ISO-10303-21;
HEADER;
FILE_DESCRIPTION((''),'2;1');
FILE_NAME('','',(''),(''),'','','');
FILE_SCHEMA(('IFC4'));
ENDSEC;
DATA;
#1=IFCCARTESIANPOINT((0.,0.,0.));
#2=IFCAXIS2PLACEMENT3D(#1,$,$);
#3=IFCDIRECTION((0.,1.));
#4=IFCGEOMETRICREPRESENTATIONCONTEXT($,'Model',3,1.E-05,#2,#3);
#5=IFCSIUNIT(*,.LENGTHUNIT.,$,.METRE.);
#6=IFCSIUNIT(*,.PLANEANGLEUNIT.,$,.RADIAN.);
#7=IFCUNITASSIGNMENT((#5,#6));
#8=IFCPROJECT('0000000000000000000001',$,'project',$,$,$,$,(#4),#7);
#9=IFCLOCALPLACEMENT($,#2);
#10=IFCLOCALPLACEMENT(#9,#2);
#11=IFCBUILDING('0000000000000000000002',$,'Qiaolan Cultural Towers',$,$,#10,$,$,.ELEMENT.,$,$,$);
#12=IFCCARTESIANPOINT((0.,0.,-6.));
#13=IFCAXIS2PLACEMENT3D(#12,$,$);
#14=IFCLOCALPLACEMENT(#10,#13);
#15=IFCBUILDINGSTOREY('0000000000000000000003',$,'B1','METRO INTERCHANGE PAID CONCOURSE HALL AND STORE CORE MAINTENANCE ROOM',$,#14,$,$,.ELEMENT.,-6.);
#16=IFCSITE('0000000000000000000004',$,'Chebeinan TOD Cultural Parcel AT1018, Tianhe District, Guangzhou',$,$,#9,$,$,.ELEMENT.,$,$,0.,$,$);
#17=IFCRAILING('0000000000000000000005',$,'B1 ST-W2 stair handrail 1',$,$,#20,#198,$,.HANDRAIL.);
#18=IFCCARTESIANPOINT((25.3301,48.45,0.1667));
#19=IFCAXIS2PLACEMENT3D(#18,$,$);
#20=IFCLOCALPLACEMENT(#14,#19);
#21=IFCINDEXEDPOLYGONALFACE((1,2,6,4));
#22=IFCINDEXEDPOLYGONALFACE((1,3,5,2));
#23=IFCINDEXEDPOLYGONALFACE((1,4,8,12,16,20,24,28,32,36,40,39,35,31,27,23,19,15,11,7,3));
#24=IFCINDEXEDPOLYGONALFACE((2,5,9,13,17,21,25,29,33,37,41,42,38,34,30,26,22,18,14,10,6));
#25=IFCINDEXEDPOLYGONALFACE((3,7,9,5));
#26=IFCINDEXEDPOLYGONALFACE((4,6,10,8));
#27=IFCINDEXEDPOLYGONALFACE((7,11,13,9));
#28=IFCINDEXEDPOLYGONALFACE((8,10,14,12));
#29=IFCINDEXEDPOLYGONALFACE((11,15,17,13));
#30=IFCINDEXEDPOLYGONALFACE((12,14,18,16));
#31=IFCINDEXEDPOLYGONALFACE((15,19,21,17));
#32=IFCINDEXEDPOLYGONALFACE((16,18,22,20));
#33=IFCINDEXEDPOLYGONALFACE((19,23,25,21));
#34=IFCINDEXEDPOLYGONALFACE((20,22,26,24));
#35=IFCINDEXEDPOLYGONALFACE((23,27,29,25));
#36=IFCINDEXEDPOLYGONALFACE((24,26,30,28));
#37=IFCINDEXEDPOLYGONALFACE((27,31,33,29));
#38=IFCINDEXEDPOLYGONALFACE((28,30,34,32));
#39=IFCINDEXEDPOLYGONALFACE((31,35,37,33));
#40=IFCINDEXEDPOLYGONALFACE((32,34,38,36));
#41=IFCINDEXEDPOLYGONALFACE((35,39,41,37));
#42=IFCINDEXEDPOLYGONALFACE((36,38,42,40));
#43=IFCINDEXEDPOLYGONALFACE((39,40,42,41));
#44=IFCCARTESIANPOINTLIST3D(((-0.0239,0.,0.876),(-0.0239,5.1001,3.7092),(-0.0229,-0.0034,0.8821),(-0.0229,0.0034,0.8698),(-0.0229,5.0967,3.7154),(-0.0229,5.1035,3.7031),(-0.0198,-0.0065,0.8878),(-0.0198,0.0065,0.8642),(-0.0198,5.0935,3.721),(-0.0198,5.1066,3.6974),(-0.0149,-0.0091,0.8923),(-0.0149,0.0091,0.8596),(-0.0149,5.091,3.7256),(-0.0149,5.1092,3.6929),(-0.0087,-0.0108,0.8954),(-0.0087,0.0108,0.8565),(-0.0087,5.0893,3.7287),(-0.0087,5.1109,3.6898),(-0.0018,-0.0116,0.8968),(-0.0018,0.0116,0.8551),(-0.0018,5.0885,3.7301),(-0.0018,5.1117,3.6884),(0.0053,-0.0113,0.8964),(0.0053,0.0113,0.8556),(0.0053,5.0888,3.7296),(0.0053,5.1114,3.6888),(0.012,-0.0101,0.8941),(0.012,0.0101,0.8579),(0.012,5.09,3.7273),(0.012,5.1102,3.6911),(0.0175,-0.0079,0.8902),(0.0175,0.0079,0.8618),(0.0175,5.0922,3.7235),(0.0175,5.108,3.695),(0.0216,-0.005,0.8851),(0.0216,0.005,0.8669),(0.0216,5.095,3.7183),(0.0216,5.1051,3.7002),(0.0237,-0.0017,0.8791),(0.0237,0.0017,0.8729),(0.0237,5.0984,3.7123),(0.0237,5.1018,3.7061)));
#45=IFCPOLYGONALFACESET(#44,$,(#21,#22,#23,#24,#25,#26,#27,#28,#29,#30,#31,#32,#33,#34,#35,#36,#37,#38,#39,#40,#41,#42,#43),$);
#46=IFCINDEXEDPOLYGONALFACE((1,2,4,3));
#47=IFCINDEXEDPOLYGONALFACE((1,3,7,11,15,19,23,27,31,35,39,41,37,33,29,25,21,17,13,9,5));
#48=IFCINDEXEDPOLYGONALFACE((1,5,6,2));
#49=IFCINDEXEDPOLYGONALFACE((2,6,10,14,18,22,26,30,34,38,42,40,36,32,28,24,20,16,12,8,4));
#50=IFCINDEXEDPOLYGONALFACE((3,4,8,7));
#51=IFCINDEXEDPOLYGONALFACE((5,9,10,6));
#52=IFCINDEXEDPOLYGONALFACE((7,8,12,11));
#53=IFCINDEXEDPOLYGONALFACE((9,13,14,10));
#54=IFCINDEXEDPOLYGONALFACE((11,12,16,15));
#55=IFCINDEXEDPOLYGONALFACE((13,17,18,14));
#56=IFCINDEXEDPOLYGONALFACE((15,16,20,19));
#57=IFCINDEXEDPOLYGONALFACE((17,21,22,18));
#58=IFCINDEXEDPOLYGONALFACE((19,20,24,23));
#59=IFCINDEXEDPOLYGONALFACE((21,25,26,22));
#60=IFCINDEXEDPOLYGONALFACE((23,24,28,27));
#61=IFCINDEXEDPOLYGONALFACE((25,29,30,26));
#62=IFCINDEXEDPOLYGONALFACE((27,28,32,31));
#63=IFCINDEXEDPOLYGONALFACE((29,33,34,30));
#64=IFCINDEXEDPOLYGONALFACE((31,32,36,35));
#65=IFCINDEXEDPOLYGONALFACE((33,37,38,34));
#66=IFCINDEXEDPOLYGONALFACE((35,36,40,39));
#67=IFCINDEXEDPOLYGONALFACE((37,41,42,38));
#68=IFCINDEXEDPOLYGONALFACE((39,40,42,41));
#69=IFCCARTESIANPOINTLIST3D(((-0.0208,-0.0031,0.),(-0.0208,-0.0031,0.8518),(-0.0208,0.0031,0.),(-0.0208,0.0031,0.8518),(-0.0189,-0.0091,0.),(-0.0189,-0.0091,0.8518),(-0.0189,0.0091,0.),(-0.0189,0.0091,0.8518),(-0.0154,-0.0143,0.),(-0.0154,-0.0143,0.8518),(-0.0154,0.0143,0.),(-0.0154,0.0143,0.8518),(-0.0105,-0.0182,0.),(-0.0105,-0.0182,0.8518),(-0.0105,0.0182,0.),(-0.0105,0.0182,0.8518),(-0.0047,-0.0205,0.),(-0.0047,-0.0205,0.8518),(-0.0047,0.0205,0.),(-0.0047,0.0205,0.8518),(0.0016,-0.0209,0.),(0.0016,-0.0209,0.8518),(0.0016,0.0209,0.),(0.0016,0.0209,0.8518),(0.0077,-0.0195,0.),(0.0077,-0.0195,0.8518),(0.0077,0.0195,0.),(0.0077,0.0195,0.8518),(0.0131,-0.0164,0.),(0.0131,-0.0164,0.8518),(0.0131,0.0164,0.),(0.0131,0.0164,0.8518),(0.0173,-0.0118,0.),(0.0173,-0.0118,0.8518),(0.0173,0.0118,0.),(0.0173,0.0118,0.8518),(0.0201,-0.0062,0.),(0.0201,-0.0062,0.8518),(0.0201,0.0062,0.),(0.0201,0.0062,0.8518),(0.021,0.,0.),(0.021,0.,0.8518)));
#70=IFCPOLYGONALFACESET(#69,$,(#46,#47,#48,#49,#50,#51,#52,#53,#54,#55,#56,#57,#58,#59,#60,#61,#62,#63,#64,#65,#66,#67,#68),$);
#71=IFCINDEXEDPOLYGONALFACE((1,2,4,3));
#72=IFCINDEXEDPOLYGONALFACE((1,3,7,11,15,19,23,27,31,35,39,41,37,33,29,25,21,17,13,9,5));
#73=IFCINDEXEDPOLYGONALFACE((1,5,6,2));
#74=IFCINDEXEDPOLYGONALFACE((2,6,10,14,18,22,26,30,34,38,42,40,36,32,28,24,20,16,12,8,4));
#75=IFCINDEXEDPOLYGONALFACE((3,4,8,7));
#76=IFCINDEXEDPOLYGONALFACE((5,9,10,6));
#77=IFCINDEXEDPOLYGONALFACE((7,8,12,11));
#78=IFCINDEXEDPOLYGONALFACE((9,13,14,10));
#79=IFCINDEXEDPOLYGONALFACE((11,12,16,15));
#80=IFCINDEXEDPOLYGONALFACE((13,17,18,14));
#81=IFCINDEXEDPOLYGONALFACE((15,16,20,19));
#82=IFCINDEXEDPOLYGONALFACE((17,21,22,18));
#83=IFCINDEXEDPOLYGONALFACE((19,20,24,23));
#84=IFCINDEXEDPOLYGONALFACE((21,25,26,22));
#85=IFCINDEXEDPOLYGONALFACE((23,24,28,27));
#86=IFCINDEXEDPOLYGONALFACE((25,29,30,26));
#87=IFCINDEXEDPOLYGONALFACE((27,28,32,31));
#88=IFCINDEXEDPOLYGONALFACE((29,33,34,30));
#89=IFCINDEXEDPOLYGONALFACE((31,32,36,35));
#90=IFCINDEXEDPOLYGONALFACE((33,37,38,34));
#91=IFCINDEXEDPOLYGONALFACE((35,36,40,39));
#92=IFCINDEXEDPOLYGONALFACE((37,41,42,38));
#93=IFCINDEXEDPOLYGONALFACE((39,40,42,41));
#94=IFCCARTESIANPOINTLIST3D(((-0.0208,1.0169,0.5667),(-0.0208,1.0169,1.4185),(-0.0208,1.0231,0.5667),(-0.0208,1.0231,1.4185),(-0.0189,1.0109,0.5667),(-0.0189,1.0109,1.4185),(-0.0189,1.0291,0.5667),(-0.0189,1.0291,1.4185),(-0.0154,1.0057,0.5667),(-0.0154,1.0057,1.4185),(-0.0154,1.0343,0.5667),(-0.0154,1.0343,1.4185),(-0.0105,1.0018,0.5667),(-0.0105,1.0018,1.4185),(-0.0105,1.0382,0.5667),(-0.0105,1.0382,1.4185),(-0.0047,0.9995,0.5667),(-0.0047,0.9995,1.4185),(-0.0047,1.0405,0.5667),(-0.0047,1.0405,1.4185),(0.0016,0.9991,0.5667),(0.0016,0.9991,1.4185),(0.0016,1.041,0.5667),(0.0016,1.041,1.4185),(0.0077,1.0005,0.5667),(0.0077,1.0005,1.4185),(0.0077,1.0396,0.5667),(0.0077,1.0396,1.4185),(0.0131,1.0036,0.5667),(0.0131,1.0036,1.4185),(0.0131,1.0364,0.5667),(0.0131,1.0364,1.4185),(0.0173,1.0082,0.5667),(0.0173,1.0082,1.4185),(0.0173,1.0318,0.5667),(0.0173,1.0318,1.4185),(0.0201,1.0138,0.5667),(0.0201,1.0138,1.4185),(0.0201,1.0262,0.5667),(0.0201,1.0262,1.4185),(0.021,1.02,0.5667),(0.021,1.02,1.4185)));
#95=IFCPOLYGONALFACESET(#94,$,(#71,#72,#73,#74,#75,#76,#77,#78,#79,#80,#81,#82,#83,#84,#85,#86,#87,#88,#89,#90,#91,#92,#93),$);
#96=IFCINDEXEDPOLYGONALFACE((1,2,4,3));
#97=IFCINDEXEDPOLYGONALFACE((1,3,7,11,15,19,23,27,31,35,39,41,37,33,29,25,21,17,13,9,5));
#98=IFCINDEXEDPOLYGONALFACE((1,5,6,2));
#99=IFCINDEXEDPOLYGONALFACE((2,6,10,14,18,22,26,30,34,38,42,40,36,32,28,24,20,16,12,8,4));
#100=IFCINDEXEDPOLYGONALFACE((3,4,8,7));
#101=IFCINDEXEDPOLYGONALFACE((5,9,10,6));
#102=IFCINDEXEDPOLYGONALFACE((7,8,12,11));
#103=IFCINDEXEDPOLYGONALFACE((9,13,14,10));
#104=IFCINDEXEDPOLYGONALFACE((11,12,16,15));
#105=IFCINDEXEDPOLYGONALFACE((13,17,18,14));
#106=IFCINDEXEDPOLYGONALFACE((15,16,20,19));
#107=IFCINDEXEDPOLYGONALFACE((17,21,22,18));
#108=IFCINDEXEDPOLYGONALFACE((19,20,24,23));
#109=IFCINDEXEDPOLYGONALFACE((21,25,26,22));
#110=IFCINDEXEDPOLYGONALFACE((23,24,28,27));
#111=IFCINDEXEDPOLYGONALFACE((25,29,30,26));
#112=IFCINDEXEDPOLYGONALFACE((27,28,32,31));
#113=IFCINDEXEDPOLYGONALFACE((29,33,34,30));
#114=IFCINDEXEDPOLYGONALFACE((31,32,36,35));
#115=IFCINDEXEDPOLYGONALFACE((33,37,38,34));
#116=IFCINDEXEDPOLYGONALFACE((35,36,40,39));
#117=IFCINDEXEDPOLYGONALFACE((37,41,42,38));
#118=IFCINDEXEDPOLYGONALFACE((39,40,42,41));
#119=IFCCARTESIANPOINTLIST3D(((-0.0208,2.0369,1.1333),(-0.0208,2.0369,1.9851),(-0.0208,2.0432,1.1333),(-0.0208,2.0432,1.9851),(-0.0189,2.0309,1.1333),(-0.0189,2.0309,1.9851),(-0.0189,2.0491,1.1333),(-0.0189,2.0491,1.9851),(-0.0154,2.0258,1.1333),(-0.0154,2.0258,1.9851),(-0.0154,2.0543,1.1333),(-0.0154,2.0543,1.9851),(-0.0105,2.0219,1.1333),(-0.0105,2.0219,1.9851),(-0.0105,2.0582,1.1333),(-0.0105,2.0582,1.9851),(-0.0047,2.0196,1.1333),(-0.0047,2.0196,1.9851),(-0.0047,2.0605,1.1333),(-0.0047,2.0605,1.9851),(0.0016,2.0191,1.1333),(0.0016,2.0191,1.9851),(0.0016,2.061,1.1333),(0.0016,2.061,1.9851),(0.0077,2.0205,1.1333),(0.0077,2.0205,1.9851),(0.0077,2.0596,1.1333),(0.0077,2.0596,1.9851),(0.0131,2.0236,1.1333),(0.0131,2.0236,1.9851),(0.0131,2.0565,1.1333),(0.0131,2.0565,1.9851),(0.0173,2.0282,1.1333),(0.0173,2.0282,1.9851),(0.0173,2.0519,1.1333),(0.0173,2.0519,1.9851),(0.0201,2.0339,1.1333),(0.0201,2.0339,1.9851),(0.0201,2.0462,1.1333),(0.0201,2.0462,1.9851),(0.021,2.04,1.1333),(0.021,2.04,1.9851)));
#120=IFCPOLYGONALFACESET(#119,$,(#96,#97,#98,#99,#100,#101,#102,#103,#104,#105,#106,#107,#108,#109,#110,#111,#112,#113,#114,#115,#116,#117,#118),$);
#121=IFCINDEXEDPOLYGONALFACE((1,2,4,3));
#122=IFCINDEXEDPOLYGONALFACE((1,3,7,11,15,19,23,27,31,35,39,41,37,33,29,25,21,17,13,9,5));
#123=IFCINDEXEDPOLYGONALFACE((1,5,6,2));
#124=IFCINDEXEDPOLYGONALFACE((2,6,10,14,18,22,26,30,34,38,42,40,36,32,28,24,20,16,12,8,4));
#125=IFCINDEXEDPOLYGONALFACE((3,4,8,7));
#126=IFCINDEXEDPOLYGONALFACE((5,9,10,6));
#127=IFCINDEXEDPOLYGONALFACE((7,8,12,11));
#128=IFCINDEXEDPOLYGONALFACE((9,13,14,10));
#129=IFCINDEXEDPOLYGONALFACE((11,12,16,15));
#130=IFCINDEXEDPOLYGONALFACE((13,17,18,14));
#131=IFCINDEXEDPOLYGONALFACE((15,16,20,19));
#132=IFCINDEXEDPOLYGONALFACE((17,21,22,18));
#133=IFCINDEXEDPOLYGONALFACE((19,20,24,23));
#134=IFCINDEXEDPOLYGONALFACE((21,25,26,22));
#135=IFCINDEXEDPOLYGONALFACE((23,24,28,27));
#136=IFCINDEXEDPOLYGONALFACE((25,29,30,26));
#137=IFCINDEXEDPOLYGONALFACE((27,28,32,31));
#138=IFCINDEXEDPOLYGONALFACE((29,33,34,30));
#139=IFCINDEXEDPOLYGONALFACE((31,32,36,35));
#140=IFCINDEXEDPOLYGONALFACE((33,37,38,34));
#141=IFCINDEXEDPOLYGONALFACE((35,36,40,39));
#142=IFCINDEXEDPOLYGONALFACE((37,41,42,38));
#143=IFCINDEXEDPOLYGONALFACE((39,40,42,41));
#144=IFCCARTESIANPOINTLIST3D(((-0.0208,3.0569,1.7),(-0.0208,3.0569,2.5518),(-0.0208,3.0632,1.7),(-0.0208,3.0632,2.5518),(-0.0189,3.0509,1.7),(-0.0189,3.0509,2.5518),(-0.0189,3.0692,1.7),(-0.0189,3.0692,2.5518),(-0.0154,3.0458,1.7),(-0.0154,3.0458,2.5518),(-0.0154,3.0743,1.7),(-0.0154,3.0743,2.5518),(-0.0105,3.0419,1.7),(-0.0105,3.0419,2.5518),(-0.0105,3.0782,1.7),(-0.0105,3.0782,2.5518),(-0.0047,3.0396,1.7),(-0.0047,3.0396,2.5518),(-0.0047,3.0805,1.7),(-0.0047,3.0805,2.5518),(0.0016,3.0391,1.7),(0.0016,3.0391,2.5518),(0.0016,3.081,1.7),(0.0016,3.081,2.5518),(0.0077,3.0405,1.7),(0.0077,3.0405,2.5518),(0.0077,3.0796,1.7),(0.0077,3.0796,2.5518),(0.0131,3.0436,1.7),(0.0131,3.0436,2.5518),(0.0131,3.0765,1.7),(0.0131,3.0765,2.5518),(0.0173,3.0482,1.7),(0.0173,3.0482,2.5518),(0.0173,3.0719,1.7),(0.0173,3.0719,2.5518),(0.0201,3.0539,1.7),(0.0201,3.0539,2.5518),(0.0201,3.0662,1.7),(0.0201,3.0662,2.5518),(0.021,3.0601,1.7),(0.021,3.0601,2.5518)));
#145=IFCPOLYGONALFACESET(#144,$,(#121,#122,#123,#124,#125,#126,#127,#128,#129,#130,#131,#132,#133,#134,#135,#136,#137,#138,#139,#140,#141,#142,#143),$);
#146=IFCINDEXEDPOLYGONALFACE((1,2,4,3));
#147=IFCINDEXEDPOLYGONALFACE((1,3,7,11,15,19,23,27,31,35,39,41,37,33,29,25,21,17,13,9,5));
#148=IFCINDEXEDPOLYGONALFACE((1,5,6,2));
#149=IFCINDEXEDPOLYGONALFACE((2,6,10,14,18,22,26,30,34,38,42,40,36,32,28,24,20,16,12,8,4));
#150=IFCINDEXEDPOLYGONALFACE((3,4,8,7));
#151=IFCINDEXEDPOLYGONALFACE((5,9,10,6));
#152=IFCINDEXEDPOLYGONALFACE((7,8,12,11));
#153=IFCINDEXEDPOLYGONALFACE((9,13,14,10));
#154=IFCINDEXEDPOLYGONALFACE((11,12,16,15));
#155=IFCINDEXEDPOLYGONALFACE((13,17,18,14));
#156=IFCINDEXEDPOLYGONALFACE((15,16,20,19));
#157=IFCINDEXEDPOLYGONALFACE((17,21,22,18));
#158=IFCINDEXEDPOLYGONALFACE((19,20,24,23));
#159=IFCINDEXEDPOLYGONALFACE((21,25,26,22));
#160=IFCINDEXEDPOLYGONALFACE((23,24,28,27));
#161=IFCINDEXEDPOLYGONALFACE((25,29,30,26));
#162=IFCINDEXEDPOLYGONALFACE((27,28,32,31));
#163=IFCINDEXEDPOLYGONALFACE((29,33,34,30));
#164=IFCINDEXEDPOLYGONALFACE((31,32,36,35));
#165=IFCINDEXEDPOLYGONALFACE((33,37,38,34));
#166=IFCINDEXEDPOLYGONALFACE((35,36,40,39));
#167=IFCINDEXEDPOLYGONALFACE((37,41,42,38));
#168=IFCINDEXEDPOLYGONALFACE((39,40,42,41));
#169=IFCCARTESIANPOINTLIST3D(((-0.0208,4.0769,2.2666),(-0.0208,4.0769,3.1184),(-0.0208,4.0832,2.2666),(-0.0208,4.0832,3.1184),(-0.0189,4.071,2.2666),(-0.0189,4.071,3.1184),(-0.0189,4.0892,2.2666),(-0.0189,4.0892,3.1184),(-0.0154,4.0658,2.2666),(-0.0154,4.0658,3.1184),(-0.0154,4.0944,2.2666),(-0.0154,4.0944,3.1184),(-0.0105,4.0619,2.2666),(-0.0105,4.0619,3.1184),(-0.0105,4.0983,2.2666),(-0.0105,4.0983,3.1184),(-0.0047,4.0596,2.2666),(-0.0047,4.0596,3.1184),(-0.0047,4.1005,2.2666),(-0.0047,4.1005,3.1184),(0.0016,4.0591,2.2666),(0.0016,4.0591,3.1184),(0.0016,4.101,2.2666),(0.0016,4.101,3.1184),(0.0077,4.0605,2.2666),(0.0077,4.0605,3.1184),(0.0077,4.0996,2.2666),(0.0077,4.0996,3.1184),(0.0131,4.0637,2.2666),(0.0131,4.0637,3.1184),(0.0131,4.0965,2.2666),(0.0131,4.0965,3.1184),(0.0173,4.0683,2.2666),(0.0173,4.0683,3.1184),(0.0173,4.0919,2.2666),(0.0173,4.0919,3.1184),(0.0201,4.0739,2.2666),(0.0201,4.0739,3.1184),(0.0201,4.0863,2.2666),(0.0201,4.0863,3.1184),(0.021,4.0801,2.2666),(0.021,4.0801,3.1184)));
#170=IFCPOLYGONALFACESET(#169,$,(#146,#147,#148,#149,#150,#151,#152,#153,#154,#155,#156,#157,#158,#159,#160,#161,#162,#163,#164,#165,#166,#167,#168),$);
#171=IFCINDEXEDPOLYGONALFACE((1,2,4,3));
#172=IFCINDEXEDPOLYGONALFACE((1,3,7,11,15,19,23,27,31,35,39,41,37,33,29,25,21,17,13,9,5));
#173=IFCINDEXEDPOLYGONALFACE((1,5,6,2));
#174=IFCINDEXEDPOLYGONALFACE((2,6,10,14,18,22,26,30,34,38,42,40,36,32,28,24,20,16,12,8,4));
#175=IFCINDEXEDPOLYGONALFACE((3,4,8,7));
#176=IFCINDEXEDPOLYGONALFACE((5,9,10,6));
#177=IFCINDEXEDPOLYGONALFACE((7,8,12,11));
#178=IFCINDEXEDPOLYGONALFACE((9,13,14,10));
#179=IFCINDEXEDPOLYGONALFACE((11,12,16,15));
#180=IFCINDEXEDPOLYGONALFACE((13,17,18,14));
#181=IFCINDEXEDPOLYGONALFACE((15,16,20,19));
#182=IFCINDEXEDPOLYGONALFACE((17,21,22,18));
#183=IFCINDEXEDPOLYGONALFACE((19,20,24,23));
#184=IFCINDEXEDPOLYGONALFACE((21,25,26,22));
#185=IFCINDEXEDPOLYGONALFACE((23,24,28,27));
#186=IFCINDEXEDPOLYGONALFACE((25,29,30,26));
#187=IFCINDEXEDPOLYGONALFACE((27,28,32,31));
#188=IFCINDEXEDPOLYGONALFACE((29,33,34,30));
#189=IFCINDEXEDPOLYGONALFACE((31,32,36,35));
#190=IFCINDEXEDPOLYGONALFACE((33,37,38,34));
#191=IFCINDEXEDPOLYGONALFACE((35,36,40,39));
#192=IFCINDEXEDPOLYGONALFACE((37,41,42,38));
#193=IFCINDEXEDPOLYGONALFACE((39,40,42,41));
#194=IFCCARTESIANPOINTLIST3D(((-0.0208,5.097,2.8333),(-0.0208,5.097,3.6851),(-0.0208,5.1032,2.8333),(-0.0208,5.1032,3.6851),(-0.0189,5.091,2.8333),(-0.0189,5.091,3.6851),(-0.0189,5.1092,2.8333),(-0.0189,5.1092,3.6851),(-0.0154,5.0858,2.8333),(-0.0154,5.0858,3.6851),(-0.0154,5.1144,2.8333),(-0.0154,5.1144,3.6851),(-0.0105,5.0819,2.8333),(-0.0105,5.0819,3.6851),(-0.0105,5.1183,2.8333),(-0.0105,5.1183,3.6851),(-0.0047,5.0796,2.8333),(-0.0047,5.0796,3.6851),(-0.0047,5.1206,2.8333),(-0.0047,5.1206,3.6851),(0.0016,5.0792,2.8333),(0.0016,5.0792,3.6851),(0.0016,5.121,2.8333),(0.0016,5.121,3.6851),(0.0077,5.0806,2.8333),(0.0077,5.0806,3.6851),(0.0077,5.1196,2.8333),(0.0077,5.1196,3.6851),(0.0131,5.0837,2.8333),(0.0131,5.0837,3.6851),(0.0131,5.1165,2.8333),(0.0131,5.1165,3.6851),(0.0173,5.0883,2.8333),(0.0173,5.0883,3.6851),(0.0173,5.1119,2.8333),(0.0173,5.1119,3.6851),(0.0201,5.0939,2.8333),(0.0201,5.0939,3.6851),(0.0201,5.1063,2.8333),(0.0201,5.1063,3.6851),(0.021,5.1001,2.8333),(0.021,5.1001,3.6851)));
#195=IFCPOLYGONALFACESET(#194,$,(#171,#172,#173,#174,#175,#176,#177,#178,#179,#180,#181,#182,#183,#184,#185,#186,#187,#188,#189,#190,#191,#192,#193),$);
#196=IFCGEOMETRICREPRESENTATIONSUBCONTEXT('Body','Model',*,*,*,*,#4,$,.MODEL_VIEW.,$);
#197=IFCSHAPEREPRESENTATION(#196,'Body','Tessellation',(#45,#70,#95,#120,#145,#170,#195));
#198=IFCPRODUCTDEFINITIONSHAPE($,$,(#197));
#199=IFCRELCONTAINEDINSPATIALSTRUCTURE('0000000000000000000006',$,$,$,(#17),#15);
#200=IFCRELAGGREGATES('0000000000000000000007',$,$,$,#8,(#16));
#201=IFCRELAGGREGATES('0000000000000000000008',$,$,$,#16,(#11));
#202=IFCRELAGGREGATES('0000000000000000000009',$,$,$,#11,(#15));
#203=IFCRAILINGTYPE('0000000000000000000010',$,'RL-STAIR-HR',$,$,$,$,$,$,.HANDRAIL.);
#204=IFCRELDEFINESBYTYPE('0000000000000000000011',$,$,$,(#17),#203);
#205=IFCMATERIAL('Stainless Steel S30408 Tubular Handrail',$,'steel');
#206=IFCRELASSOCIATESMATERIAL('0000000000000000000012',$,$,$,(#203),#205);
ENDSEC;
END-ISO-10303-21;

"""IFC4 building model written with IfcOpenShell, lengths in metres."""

from ifc_helpers import new_model, si_unit, direction, frame, origin, origin_2d, place, context, subcontext, project, spatial, circle, extrude, material, type_object, element, save


model = new_model("IFC4")

# Units and contexts
model_context = context("Model", 3, precision=1e-05, world=origin(), true_north=direction((0.0, 1.0)))
body_context = subcontext(model_context, "Body", "Model", "MODEL_VIEW")
ifc_project = project(units=[si_unit("LENGTHUNIT", "METRE"), si_unit("PLANEANGLEUNIT", "RADIAN")], contexts=[model_context])

# Site, building, storey
site_placement = place(None, origin())
site = spatial("IfcSite", under=ifc_project, at=site_placement, Name="Chebeinan TOD Cultural Parcel AT1018, Tianhe District, Guangzhou", CompositionType="ELEMENT", RefElevation=0.0)
building_placement = place(site_placement, origin())
building = spatial("IfcBuilding", under=site, at=building_placement, Name="Qiaolan Cultural Towers", CompositionType="ELEMENT")
storey_placement = place(building_placement, frame((0.0, 0.0, -6.0)))
storey = spatial("IfcBuildingStorey", under=building, at=storey_placement, Name="B1", Description="METRO INTERCHANGE PAID CONCOURSE HALL AND STORE CORE MAINTENANCE ROOM", CompositionType="ELEMENT", Elevation=-6.0)

# Railing
ifc_material_1 = material(Name="Stainless Steel S30408 Tubular Handrail", Category="steel")
railing_type_1 = type_object("IfcRailingType", Name="RL-STAIR-HR", PredefinedType="HANDRAIL", material=ifc_material_1)
railing_1_placement = place(storey_placement, frame((25.3301, 48.45, 0.1667)))
element("IfcRailing", 1, at=railing_1_placement, inside=storey, type_object=railing_type_1, Name="B1 ST-W2 stair handrail 1", PredefinedType="HANDRAIL", context=body_context, shape_type="SweptSolid", body=[
    extrude(circle(Radius=0.0239, at=origin_2d()), frame((0.0, 0.0, 0.876), z_axis=(0.0, 0.874167, 0.485625), x_axis=(-1.0, 0.0, 0.0)), (0.0, 0.0, 1.0), 5.8342),
    extrude(circle(Radius=0.021, at=origin_2d()), origin(), (0.0, 0.0, 1.0), 0.8518),
    extrude(circle(Radius=0.021, at=origin_2d()), frame((0.0, 1.02, 0.5667)), (0.0, 0.0, 1.0), 0.8518),
    extrude(circle(Radius=0.021, at=origin_2d()), frame((0.0, 2.04, 1.1333)), (0.0, 0.0, 1.0), 0.8518),
    extrude(circle(Radius=0.021, at=origin_2d()), frame((0.0, 3.0601, 1.7)), (0.0, 0.0, 1.0), 0.8518),
    extrude(circle(Radius=0.021, at=origin_2d()), frame((0.0, 4.0801, 2.2666)), (0.0, 0.0, 1.0), 0.8518),
    extrude(circle(Radius=0.021, at=origin_2d()), frame((0.0, 5.1001, 2.8333)), (0.0, 0.0, 1.0), 0.8518),
])

save(model, "model.ifc")
